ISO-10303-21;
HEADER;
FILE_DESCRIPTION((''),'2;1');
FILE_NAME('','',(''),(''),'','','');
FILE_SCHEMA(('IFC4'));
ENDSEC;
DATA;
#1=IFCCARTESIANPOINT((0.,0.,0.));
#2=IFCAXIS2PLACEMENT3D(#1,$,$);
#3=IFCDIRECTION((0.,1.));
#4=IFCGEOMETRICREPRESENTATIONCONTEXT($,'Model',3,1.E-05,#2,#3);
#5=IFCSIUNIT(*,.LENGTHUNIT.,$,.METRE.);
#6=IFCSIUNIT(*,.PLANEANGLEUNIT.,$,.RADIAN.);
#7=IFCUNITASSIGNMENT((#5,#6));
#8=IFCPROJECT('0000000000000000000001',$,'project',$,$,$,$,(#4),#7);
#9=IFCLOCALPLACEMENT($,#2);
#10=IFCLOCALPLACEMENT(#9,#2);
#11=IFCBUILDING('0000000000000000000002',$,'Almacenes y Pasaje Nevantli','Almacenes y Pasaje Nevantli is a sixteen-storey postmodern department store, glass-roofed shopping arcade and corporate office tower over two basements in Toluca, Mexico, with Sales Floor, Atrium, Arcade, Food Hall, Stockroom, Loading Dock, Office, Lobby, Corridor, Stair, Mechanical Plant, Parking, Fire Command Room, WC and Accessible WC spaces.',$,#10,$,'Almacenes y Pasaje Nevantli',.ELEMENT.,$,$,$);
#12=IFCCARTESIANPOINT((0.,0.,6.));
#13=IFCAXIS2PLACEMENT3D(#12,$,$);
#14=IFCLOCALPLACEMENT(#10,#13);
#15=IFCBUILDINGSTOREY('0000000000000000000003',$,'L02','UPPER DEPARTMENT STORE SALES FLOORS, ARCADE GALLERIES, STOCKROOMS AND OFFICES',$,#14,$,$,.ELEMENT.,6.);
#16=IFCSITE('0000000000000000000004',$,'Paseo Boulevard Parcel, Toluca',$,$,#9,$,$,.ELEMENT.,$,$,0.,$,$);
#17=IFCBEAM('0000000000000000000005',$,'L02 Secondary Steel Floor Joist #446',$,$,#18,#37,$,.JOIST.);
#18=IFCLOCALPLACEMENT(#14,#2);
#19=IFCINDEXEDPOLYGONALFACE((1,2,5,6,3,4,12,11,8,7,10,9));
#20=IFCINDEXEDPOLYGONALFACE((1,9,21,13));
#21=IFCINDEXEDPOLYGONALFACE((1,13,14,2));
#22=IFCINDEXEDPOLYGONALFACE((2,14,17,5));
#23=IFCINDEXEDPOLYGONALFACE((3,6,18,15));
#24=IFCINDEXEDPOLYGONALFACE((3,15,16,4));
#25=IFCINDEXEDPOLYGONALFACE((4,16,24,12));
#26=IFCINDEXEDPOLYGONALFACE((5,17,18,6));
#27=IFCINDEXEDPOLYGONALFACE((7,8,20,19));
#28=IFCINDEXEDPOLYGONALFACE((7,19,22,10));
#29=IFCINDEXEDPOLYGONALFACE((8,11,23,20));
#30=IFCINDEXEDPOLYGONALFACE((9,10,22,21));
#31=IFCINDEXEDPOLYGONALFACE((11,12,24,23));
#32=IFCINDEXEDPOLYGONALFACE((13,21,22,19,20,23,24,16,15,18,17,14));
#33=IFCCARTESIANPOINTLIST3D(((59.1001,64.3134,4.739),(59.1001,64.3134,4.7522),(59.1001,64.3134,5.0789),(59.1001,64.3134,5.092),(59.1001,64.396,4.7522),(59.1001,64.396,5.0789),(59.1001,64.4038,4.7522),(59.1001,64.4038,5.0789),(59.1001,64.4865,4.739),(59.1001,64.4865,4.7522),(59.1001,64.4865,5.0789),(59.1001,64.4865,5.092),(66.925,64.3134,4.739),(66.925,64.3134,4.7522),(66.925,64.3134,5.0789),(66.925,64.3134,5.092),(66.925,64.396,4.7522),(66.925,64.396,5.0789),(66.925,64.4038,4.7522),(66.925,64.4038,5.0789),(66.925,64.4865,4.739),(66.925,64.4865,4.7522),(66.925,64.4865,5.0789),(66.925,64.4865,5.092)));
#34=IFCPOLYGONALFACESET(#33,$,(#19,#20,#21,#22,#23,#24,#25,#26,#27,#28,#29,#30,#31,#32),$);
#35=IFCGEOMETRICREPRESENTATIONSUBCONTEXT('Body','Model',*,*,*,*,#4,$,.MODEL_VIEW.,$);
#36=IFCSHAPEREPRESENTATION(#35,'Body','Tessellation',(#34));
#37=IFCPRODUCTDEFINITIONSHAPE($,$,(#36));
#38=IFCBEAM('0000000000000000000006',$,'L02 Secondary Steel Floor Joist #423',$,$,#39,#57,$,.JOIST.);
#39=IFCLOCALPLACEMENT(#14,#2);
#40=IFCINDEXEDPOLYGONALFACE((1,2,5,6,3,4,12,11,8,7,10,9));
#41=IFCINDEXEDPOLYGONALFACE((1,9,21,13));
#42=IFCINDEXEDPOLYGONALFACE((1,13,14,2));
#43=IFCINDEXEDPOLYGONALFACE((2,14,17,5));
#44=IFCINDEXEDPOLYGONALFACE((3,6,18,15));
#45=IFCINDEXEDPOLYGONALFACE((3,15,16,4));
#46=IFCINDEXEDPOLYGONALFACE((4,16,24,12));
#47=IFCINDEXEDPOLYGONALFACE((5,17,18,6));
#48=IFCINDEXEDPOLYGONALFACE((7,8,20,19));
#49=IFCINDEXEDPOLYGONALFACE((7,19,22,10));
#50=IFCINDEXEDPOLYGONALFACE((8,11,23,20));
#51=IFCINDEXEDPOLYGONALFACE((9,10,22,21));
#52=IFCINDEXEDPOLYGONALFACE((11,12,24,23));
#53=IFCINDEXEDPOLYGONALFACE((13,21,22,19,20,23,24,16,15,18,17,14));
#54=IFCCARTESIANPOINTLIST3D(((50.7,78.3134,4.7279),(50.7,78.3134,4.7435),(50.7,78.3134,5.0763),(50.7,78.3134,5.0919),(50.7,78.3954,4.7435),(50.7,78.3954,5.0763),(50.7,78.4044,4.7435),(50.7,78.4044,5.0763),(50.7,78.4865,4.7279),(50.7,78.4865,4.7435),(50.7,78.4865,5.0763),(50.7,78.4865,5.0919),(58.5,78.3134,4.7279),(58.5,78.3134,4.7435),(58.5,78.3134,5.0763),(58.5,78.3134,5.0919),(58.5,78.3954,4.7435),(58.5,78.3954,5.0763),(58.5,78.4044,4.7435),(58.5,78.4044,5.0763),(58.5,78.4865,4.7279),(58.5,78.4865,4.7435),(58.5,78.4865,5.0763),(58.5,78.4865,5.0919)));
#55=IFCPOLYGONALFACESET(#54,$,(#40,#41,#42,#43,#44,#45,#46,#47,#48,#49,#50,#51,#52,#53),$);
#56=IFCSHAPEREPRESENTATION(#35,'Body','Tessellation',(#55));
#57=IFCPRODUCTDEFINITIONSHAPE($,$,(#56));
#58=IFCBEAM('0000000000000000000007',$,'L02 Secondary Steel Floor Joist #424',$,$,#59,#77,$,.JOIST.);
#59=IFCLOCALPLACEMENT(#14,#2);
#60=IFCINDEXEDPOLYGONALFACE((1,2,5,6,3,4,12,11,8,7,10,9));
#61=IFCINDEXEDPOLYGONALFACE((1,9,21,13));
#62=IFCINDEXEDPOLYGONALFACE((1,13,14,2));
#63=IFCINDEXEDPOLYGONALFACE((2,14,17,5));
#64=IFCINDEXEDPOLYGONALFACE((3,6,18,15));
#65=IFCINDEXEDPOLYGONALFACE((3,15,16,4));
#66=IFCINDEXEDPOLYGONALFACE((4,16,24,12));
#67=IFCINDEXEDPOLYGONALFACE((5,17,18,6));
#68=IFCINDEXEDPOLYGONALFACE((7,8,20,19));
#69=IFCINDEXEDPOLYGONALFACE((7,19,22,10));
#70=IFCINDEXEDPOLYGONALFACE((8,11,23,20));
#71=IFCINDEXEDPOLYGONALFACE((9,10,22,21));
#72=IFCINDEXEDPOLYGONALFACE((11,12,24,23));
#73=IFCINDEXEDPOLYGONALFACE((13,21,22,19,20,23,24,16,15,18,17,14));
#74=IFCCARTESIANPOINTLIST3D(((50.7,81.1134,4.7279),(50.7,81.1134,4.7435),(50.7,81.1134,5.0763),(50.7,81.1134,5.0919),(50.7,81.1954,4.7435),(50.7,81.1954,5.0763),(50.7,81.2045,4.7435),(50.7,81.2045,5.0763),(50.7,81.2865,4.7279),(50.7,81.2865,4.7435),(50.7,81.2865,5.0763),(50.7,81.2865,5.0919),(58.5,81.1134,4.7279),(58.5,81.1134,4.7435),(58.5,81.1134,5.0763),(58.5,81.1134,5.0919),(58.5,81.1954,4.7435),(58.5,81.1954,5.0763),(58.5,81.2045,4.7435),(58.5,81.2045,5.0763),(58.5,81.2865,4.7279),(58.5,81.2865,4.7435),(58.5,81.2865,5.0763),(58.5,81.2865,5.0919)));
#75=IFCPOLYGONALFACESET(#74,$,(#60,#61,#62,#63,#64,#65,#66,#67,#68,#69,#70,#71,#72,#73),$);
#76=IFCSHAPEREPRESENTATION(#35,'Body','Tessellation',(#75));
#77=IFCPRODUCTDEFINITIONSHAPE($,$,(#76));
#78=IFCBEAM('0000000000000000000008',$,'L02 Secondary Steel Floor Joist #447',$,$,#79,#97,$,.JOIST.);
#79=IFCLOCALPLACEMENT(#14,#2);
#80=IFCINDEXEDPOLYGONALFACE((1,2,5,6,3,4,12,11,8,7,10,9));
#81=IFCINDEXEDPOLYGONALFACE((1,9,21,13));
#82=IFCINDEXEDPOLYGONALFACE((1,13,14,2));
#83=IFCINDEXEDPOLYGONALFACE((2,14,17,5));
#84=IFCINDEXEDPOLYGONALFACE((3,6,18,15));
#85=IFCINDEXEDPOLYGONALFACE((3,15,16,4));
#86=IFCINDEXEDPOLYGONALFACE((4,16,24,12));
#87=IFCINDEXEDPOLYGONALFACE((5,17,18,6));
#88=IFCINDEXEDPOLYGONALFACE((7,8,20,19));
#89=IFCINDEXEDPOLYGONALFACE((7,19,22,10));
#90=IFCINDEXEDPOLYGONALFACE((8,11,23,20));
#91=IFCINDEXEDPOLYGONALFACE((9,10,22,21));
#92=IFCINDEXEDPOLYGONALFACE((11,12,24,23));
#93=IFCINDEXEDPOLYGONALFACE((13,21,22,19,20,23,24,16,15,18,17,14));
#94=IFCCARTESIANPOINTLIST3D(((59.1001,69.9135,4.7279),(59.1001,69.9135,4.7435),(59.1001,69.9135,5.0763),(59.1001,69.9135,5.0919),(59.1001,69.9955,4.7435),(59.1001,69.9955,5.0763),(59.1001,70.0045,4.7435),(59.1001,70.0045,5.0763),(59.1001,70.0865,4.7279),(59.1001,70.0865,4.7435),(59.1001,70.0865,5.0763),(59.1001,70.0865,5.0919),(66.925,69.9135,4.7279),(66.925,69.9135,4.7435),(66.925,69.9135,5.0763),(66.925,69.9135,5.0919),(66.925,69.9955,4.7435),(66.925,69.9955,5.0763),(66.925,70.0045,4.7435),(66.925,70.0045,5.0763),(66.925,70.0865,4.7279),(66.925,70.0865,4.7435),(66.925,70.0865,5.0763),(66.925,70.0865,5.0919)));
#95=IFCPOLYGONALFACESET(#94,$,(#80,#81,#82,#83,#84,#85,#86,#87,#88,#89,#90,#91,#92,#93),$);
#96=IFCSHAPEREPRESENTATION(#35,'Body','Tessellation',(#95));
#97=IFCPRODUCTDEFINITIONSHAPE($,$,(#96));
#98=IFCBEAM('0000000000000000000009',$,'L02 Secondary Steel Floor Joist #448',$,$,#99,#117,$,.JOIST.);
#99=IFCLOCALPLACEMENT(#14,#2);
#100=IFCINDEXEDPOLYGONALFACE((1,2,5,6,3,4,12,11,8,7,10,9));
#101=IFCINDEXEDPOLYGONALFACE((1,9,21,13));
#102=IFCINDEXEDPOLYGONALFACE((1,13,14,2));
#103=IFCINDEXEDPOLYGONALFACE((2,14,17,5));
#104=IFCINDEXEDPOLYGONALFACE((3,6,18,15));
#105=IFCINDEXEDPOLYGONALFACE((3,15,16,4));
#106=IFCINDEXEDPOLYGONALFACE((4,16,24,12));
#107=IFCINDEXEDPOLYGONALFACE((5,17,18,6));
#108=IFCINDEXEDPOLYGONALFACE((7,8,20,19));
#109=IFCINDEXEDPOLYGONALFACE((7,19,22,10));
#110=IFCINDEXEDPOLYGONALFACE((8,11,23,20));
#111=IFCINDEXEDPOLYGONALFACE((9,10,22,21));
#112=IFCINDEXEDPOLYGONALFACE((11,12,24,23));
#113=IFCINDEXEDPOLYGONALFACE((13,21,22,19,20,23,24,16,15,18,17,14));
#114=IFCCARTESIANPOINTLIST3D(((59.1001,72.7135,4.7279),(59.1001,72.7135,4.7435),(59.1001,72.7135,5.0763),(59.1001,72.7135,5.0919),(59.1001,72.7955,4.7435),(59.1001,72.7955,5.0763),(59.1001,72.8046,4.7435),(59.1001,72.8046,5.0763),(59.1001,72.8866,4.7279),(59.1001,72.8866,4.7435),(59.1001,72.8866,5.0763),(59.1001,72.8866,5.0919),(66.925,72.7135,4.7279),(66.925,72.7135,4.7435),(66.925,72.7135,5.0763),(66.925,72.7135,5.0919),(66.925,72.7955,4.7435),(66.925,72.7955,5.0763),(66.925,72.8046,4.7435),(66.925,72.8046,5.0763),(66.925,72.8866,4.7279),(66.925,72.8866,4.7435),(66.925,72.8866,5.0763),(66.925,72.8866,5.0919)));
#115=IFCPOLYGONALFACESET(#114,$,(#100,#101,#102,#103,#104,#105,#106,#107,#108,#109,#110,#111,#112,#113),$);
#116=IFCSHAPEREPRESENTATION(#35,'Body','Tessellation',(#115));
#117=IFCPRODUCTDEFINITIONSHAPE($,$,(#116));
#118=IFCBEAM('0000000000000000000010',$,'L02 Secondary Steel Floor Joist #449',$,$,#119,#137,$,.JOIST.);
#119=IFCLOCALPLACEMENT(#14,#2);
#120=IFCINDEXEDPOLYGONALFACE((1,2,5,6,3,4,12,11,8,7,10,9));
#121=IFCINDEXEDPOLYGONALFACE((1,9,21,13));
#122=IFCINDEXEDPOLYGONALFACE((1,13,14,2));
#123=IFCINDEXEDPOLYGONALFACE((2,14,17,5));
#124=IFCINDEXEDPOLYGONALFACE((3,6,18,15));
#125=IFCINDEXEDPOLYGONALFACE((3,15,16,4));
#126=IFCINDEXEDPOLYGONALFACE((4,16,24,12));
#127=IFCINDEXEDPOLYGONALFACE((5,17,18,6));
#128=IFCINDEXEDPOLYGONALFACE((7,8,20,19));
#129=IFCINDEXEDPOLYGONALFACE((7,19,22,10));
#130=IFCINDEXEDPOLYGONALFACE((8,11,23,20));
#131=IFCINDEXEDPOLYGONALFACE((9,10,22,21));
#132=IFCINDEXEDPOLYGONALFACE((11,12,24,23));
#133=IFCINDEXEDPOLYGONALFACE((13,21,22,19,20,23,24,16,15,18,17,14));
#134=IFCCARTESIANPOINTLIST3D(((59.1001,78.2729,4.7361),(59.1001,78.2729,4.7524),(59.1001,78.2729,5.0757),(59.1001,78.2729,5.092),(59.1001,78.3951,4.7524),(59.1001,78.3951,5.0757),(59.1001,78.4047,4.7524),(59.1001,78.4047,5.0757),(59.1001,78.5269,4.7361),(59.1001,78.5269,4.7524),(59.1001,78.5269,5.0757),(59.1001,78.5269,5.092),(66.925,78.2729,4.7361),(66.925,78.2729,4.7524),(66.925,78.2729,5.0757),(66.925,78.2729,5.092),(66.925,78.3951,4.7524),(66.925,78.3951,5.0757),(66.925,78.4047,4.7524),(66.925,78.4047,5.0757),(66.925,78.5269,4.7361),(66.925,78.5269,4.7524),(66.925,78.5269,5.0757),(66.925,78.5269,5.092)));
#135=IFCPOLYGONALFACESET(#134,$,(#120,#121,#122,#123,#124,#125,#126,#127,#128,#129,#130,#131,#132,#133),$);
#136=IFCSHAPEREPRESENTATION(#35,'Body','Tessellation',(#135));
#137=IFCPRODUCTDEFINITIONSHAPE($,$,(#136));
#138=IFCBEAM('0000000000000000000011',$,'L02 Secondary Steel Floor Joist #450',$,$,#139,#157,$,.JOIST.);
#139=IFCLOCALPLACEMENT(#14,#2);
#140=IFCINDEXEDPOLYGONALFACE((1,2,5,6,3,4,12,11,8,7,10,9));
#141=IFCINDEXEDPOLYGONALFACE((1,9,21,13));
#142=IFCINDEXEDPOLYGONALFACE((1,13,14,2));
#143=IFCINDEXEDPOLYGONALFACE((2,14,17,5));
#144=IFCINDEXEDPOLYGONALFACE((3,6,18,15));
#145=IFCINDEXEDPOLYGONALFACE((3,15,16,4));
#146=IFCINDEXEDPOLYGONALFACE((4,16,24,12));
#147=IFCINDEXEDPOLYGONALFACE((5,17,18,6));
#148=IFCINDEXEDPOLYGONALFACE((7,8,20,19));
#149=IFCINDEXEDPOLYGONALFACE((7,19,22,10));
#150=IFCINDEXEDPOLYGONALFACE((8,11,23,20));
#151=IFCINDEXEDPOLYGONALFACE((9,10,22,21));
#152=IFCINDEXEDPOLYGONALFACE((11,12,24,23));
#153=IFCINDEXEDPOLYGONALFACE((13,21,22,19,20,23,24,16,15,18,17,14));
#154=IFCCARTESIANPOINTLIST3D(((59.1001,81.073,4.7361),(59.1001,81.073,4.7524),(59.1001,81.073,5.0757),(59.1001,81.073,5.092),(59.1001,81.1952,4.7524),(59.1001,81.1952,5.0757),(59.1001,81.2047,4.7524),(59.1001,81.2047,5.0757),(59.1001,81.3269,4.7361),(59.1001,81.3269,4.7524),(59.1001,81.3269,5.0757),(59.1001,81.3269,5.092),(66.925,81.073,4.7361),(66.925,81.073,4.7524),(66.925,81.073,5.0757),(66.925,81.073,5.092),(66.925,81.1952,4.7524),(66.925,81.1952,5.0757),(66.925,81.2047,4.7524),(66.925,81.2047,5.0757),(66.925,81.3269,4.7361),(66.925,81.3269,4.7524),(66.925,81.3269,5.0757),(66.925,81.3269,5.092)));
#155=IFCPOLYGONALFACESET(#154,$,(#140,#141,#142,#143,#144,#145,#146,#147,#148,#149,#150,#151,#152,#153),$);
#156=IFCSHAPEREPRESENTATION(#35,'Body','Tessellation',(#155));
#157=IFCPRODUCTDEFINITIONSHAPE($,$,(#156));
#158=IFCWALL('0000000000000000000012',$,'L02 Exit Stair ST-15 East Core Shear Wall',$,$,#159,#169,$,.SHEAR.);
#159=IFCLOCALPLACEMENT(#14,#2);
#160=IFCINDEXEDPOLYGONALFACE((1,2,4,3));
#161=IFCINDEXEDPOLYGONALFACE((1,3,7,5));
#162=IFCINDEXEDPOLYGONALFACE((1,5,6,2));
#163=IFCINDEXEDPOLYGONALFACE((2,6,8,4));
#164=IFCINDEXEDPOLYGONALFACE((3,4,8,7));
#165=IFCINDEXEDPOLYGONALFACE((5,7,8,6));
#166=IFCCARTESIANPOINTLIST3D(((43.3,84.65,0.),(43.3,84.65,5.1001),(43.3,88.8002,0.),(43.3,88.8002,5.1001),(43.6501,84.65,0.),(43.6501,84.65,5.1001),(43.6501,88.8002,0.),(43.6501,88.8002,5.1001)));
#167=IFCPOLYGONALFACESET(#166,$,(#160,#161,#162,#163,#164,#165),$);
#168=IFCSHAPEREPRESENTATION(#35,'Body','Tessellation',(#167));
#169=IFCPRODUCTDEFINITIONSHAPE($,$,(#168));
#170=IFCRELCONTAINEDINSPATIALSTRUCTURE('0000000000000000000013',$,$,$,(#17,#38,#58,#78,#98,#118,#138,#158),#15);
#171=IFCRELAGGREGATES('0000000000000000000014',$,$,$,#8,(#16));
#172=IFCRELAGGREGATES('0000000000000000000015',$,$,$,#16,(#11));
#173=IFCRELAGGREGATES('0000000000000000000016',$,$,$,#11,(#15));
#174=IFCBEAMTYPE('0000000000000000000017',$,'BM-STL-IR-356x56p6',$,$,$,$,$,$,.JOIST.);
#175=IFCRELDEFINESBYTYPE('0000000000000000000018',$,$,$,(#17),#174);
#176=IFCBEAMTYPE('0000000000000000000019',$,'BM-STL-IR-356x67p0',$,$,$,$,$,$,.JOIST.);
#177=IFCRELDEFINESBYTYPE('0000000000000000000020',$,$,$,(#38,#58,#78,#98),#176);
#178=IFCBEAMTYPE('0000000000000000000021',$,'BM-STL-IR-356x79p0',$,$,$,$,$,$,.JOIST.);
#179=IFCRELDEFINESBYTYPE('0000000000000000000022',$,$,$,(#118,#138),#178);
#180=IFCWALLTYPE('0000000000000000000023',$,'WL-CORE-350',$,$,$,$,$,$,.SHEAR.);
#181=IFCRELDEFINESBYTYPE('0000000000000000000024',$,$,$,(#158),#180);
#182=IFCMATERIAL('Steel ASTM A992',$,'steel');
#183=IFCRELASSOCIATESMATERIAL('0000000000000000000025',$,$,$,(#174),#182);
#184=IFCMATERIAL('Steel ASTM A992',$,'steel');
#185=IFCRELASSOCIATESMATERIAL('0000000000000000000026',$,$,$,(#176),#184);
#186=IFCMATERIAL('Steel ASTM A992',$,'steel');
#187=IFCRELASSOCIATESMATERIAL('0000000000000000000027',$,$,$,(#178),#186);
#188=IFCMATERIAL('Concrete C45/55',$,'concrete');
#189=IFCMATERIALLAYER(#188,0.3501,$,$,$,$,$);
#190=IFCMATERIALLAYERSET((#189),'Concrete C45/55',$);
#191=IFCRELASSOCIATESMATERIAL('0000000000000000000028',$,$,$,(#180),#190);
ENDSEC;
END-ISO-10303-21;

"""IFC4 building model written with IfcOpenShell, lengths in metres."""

from ifc_helpers import new_model, si_unit, direction, frame, frame_2d, origin, origin_2d, place, context, subcontext, project, spatial, rectangle, i_section, extrude, material, layer, layer_set, material_profile, profile_set, type_object, element, save


model = new_model("IFC4")

# Units and contexts
model_context = context("Model", 3, precision=1e-05, world=origin(), true_north=direction((0.0, 1.0)))
body_context = subcontext(model_context, "Body", "Model", "MODEL_VIEW")
ifc_project = project(units=[si_unit("LENGTHUNIT", "METRE"), si_unit("PLANEANGLEUNIT", "RADIAN")], contexts=[model_context])

# Site, building, storey
site_placement = place(None, origin())
site = spatial("IfcSite", under=ifc_project, at=site_placement, Name="Paseo Boulevard Parcel, Toluca", CompositionType="ELEMENT", RefElevation=0.0)
building_placement = place(site_placement, origin())
building = spatial("IfcBuilding", under=site, at=building_placement, Name="Almacenes y Pasaje Nevantli", Description="Almacenes y Pasaje Nevantli is a sixteen-storey postmodern department store, glass-roofed shopping arcade and corporate office tower over two basements in Toluca, Mexico, with Sales Floor, Atrium, Arcade, Food Hall, Stockroom, Loading Dock, Office, Lobby, Corridor, Stair, Mechanical Plant, Parking, Fire Command Room, WC and Accessible WC spaces.", LongName="Almacenes y Pasaje Nevantli", CompositionType="ELEMENT")
storey_placement = place(building_placement, frame((0.0, 0.0, 6.0)))
storey = spatial("IfcBuildingStorey", under=building, at=storey_placement, Name="L02", Description="UPPER DEPARTMENT STORE SALES FLOORS, ARCADE GALLERIES, STOCKROOMS AND OFFICES", CompositionType="ELEMENT", Elevation=6.0)

# Beams
ifc_material_1 = material(Name="Steel ASTM A992", Category="steel")
ifc_material_profile_1 = material_profile(ifc_material_1, i_section(OverallWidth=0.1731, OverallDepth=0.353, WebThickness=0.0078, FlangeThickness=0.0132, at=origin_2d()), Name="IR 356x56.6")
ifc_profile_set_1 = profile_set([ifc_material_profile_1], Name="Steel ASTM A992")
beam_type_1 = type_object("IfcBeamType", Name="BM-STL-IR-356x56p6", PredefinedType="JOIST", material=ifc_profile_set_1)
for number, where, z_axis, x_axis, name in (
    (1, (59.1001, 64.3999, 4.9155), (1.0, 0.0, 0.0), (0.0, 1.0, 0.0), "L02 Secondary Steel Floor Joist #446"),
):
    element("IfcBeam", number, at=place(storey_placement, frame(where, z_axis=z_axis, x_axis=x_axis)), inside=storey, type_object=beam_type_1, Name=name, PredefinedType="JOIST", context=body_context, shape_type="SweptSolid", body=[
        extrude(i_section(OverallWidth=0.1731, OverallDepth=0.353, WebThickness=0.0078, FlangeThickness=0.0132, at=origin_2d()), origin(), (0.0, 0.0, 1.0), 7.825),
    ])
ifc_material_2 = material(Name="Steel ASTM A992", Category="steel")
ifc_material_profile_2 = material_profile(ifc_material_2, i_section(OverallWidth=0.1731, OverallDepth=0.364, WebThickness=0.009, FlangeThickness=0.0156, at=origin_2d()), Name="IR 356x67.0")
ifc_profile_set_2 = profile_set([ifc_material_profile_2], Name="Steel ASTM A992")
beam_type_2 = type_object("IfcBeamType", Name="BM-STL-IR-356x67p0", PredefinedType="JOIST", material=ifc_profile_set_2)
for number, where, z_axis, x_axis, name in (
    (2, (50.7, 78.3999, 4.9099), (1.0, 0.0, 0.0), (0.0, 1.0, 0.0), "L02 Secondary Steel Floor Joist #423"),
    (3, (50.7, 81.2, 4.9099), (1.0, 0.0, 0.0), (0.0, 1.0, 0.0), "L02 Secondary Steel Floor Joist #424"),
):
    element("IfcBeam", number, at=place(storey_placement, frame(where, z_axis=z_axis, x_axis=x_axis)), inside=storey, type_object=beam_type_2, Name=name, PredefinedType="JOIST", context=body_context, shape_type="SweptSolid", body=[
        extrude(i_section(OverallWidth=0.1731, OverallDepth=0.364, WebThickness=0.009, FlangeThickness=0.0156, at=origin_2d()), origin(), (0.0, 0.0, 1.0), 7.8),
    ])
for number, where, z_axis, x_axis, name in (
    (4, (59.1001, 70.0, 4.9099), (1.0, 0.0, 0.0), (0.0, 1.0, 0.0), "L02 Secondary Steel Floor Joist #447"),
    (5, (59.1001, 72.8, 4.9099), (1.0, 0.0, 0.0), (0.0, 1.0, 0.0), "L02 Secondary Steel Floor Joist #448"),
):
    element("IfcBeam", number, at=place(storey_placement, frame(where, z_axis=z_axis, x_axis=x_axis)), inside=storey, type_object=beam_type_2, Name=name, PredefinedType="JOIST", context=body_context, shape_type="SweptSolid", body=[
        extrude(i_section(OverallWidth=0.1731, OverallDepth=0.364, WebThickness=0.009, FlangeThickness=0.0156, at=origin_2d()), origin(), (0.0, 0.0, 1.0), 7.825),
    ])
ifc_material_3 = material(Name="Steel ASTM A992", Category="steel")
ifc_material_profile_3 = material_profile(ifc_material_3, i_section(OverallWidth=0.2539, OverallDepth=0.356, WebThickness=0.0095, FlangeThickness=0.0164, at=origin_2d()), Name="IR 356x79.0")
ifc_profile_set_3 = profile_set([ifc_material_profile_3], Name="Steel ASTM A992")
beam_type_3 = type_object("IfcBeamType", Name="BM-STL-IR-356x79p0", PredefinedType="JOIST", material=ifc_profile_set_3)
for number, where, z_axis, x_axis, name in (
    (6, (59.1001, 78.3999, 4.9141), (1.0, 0.0, 0.0), (0.0, 1.0, 0.0), "L02 Secondary Steel Floor Joist #449"),
    (7, (59.1001, 81.2, 4.9141), (1.0, 0.0, 0.0), (0.0, 1.0, 0.0), "L02 Secondary Steel Floor Joist #450"),
):
    element("IfcBeam", number, at=place(storey_placement, frame(where, z_axis=z_axis, x_axis=x_axis)), inside=storey, type_object=beam_type_3, Name=name, PredefinedType="JOIST", context=body_context, shape_type="SweptSolid", body=[
        extrude(i_section(OverallWidth=0.2539, OverallDepth=0.356, WebThickness=0.0095, FlangeThickness=0.0164, at=origin_2d()), origin(), (0.0, 0.0, 1.0), 7.825),
    ])

# Wall
ifc_material_4 = material(Name="Concrete C45/55", Category="concrete")
ifc_layer = layer(ifc_material_4, 0.3501)
ifc_layer_set = layer_set([ifc_layer], Name="Concrete C45/55")
wall_type = type_object("IfcWallType", Name="WL-CORE-350", PredefinedType="SHEAR", material=ifc_layer_set)
wall_placement = place(storey_placement, frame((43.4751, 84.6499, 0.0), z_axis=(0.0, 0.0, 1.0), x_axis=(0.0, 1.0, 0.0)))
element("IfcWall", 8, at=wall_placement, inside=storey, type_object=wall_type, Name="L02 Exit Stair ST-15 East Core Shear Wall", PredefinedType="SHEAR", context=body_context, shape_type="SweptSolid", body=[
    extrude(rectangle(XDim=4.1501, YDim=0.3501, at=frame_2d((2.0752, 0.0))), origin(), (0.0, 0.0, 1.0), 5.1001),
])

save(model, "model.ifc")
